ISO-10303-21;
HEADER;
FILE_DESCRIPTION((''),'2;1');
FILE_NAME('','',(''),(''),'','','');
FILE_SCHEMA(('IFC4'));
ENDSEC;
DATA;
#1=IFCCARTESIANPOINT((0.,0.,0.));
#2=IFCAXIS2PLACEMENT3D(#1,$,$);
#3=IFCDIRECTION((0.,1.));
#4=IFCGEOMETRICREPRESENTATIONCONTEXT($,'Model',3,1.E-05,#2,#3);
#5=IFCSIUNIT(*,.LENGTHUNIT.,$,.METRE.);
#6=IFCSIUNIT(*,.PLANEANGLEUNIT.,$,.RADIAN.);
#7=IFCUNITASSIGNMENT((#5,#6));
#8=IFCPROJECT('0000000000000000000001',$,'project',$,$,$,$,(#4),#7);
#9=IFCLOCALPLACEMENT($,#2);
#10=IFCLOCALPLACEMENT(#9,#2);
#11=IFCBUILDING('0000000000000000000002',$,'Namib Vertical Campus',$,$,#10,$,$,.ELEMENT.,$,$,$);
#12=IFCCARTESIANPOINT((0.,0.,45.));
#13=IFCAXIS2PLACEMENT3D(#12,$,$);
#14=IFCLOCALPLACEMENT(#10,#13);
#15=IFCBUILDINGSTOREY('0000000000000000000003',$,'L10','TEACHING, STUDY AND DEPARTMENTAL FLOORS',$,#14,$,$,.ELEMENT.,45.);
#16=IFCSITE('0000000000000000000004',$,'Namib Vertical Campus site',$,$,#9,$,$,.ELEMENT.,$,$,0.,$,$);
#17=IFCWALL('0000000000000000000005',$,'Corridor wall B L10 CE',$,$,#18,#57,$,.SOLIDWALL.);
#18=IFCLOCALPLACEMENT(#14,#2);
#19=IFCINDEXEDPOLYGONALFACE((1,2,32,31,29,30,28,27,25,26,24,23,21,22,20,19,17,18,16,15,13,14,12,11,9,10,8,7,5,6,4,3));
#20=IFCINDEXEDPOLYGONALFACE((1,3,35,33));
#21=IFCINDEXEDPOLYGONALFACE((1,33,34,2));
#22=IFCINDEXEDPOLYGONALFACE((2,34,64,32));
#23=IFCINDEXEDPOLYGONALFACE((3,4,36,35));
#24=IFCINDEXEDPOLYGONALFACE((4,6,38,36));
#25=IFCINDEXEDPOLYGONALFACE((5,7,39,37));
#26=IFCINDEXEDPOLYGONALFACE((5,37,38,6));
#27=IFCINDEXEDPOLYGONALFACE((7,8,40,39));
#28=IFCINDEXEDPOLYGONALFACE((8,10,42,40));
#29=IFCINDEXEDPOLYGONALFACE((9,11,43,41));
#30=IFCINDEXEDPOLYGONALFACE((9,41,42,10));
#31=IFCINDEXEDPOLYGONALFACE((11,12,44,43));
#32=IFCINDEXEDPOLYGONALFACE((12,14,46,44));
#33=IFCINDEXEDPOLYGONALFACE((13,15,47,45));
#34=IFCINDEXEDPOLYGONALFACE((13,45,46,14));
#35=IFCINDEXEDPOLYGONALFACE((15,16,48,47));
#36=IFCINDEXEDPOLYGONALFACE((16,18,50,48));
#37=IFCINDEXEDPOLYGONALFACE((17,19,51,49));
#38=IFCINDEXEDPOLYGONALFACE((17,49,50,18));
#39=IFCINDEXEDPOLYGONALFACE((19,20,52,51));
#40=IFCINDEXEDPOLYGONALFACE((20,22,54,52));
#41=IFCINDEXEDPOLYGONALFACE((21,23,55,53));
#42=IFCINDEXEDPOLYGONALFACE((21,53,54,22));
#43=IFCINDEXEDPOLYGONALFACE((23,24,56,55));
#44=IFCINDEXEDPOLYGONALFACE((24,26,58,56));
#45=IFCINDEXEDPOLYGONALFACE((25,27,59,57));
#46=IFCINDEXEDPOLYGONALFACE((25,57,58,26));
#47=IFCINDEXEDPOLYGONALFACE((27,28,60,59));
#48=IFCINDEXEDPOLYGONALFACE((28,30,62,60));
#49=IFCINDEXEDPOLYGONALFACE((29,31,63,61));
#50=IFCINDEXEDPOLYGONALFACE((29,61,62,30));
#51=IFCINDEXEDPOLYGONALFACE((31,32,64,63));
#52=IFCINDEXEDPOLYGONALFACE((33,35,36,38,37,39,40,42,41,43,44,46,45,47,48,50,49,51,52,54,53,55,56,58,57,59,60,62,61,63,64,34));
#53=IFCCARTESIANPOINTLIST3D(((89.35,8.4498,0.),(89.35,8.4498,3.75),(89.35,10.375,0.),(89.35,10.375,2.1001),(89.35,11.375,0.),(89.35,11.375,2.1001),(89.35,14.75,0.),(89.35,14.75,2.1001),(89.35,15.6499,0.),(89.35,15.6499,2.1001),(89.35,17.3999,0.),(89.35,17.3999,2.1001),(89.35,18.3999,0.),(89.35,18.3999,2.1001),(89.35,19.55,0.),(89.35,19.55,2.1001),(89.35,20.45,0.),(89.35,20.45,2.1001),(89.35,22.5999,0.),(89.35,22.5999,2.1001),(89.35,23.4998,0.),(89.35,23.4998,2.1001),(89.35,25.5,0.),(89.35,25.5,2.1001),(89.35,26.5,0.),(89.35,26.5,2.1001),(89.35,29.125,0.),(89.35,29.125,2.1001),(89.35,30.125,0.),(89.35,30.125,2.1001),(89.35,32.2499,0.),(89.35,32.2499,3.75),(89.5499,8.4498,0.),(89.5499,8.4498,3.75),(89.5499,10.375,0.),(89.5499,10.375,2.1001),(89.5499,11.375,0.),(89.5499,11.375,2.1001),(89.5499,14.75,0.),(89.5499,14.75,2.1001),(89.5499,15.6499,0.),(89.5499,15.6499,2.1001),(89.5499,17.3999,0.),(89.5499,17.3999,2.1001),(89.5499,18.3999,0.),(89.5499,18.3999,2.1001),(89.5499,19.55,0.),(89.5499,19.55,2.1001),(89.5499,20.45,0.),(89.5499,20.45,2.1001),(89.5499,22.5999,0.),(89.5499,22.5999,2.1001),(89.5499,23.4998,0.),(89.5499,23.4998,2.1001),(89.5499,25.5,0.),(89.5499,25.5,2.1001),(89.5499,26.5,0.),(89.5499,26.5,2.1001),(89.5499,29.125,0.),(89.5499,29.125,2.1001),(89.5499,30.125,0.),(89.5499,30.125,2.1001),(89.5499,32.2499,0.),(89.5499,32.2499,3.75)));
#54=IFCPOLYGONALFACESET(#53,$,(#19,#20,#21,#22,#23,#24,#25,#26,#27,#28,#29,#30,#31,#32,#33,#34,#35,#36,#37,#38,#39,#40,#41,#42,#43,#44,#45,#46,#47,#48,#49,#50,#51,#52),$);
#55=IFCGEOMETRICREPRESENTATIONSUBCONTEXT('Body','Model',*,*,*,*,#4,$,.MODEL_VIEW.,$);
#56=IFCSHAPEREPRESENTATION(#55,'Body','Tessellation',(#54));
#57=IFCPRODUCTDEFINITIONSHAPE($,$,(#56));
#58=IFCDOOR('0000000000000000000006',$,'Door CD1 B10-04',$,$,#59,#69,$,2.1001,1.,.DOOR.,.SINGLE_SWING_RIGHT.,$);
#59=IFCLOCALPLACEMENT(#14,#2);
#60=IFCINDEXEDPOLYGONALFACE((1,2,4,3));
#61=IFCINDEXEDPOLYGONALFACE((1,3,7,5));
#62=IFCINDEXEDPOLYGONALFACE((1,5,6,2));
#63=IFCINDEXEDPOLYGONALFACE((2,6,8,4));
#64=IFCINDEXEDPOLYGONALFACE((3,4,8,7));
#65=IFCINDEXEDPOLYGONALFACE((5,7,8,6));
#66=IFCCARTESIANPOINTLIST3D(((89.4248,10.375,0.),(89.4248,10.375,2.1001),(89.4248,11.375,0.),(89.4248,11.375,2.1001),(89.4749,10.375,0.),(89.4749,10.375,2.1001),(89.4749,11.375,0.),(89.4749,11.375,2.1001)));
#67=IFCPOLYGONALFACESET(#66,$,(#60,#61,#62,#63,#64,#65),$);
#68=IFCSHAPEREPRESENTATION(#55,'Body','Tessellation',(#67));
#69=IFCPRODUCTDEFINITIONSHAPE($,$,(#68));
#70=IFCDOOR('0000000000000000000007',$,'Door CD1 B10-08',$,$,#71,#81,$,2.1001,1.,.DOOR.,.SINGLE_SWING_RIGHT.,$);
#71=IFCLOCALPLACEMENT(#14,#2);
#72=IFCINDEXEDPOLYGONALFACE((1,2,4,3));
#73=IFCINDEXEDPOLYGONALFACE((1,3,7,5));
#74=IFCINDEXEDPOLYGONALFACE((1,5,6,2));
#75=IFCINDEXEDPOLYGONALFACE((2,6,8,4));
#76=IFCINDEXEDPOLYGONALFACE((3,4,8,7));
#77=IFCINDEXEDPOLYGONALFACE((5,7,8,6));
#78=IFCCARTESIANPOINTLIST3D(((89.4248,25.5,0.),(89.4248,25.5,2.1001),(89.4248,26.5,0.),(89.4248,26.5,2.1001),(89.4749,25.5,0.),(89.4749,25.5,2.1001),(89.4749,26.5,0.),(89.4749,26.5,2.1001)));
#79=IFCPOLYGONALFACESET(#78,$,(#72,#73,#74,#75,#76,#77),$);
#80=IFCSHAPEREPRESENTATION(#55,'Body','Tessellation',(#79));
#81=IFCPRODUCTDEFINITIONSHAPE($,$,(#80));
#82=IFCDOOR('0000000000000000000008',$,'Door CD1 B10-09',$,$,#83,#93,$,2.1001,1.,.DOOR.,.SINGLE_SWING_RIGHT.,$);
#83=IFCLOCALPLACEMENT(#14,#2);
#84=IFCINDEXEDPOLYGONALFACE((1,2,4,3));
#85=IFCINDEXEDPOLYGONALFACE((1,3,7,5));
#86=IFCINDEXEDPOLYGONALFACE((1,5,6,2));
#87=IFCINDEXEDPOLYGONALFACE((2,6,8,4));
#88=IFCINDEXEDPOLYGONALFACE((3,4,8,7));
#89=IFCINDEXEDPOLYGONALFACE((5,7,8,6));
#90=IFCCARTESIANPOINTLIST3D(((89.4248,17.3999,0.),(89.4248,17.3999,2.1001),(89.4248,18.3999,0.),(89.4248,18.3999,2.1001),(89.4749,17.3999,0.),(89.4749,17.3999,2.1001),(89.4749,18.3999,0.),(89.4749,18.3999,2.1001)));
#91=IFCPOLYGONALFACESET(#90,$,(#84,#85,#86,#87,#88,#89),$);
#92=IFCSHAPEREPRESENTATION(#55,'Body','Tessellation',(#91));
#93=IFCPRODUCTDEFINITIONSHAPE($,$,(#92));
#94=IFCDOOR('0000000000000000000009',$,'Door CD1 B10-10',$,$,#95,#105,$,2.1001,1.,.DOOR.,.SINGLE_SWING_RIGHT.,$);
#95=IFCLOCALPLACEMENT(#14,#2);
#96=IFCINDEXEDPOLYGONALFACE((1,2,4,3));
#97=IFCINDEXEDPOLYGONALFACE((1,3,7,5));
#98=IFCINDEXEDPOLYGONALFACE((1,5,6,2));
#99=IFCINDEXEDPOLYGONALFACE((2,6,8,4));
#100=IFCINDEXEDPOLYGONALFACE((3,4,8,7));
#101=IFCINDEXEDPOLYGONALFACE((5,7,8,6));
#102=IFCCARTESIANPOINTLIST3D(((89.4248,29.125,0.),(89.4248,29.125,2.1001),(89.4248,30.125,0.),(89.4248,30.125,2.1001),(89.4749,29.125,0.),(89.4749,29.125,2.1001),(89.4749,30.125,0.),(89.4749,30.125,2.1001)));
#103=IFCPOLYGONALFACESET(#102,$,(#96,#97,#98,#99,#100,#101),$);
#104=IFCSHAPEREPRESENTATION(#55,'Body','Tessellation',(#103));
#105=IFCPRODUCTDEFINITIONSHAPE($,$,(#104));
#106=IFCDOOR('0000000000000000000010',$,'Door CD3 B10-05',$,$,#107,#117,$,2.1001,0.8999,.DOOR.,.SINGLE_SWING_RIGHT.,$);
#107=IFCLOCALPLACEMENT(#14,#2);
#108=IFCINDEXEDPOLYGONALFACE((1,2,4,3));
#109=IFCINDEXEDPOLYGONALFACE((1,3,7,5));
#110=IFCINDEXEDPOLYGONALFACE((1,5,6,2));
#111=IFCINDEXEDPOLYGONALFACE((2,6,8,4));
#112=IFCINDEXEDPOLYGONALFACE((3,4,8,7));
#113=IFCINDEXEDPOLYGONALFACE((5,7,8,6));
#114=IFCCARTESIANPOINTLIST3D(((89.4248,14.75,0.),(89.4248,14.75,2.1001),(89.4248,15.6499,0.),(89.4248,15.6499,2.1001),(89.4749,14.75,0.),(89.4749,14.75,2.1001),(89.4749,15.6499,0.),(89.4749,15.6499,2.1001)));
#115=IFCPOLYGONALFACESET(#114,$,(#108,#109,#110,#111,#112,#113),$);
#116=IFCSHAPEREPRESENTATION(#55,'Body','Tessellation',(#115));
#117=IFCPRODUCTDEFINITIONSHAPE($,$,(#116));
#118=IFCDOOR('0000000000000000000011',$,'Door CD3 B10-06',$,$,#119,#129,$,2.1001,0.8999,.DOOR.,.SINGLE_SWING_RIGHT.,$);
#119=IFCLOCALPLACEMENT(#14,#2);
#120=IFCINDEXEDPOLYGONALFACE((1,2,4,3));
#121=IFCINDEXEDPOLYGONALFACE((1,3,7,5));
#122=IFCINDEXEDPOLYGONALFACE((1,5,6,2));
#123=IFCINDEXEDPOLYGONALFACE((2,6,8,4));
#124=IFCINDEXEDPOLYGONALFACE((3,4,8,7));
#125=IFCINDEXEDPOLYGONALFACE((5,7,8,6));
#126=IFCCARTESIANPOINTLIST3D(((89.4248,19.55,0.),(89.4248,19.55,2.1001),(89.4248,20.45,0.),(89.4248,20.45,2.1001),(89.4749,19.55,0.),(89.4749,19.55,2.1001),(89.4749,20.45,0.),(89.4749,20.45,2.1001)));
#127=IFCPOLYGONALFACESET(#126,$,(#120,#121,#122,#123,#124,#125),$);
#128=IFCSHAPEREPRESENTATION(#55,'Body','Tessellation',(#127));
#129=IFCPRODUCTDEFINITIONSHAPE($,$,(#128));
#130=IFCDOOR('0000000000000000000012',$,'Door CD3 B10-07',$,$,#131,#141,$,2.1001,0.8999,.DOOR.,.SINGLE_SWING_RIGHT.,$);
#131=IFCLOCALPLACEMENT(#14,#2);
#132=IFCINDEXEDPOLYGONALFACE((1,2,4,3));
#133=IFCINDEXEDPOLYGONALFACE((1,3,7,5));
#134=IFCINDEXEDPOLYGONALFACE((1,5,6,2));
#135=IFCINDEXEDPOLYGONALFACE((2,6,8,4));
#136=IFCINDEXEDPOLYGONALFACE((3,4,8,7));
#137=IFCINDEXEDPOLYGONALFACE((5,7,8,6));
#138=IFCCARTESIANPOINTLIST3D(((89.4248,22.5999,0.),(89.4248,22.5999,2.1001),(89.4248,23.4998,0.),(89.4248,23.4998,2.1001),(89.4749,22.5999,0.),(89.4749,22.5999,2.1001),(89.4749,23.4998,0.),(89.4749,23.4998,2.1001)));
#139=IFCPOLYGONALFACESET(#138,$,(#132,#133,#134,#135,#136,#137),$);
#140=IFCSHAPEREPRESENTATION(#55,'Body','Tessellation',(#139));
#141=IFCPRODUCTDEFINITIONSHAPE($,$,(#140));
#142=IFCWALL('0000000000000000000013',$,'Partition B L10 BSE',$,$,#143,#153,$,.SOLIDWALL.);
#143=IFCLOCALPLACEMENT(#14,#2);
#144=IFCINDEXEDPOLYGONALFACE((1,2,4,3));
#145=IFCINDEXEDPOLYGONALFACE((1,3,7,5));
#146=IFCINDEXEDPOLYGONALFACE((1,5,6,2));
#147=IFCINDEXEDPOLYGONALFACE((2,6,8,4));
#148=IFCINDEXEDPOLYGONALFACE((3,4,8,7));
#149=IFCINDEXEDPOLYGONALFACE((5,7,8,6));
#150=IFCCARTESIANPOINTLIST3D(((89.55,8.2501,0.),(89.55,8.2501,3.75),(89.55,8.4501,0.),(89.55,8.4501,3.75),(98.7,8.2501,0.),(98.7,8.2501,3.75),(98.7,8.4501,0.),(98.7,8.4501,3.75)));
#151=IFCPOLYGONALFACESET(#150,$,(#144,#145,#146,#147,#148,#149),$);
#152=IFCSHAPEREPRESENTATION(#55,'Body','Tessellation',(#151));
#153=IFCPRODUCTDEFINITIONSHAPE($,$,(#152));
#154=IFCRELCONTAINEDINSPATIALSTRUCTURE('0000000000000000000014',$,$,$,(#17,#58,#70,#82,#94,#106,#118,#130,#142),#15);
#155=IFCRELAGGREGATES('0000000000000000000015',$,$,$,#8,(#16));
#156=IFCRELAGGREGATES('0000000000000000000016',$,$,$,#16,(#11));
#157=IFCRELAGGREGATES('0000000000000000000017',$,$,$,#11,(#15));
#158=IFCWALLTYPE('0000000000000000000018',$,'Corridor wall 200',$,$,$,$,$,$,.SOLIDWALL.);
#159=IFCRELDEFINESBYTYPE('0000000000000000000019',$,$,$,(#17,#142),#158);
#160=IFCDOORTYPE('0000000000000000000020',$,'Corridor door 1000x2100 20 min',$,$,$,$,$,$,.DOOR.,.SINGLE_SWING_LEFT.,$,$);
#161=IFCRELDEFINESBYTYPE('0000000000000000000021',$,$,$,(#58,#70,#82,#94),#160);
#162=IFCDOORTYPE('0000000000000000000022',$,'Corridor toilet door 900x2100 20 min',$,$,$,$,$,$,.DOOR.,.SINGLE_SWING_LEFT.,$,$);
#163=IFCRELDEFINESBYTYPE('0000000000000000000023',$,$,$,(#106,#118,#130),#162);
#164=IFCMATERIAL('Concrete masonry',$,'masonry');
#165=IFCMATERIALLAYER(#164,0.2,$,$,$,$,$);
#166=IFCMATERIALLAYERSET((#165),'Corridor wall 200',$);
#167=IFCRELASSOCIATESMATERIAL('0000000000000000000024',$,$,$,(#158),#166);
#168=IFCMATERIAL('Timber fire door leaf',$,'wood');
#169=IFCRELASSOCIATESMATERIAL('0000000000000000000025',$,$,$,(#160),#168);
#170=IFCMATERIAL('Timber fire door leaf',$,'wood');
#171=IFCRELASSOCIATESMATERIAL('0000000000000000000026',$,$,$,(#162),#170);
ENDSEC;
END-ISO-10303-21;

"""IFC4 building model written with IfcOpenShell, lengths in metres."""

from ifc_helpers import new_model, si_unit, direction, frame, frame_2d, origin, place, context, subcontext, project, spatial, rectangle, extrude, material, layer, layer_set, type_object, element, fill, save


model = new_model("IFC4")

# Units and contexts
model_context = context("Model", 3, precision=1e-05, world=origin(), true_north=direction((0.0, 1.0)))
body_context = subcontext(model_context, "Body", "Model", "MODEL_VIEW")
ifc_project = project(units=[si_unit("LENGTHUNIT", "METRE"), si_unit("PLANEANGLEUNIT", "RADIAN")], contexts=[model_context])

# Site, building, storey
site_placement = place(None, origin())
site = spatial("IfcSite", under=ifc_project, at=site_placement, Name="Namib Vertical Campus site", CompositionType="ELEMENT", RefElevation=0.0)
building_placement = place(site_placement, origin())
building = spatial("IfcBuilding", under=site, at=building_placement, Name="Namib Vertical Campus", CompositionType="ELEMENT")
storey_placement = place(building_placement, frame((0.0, 0.0, 45.0)))
storey = spatial("IfcBuildingStorey", under=building, at=storey_placement, Name="L10", Description="TEACHING, STUDY AND DEPARTMENTAL FLOORS", CompositionType="ELEMENT", Elevation=45.0)

# Wall, openings, doors
ifc_material_1 = material(Name="Concrete masonry", Category="masonry")
ifc_layer_1 = layer(ifc_material_1, 0.2)
ifc_layer_set_1 = layer_set([ifc_layer_1], Name="Corridor wall 200")
wall_type_1 = type_object("IfcWallType", Name="Corridor wall 200", PredefinedType="SOLIDWALL", material=ifc_layer_set_1)
wall_1_placement = place(storey_placement, frame((89.45, 8.45, 0.0), z_axis=(0.0, 0.0, 1.0), x_axis=(0.0, 1.0, 0.0)))
wall_1 = element("IfcWall", 1, at=wall_1_placement, inside=storey, type_object=wall_type_1, Name="Corridor wall B L10 CE", PredefinedType="SOLIDWALL", context=body_context, shape_type="SweptSolid", body=[
    extrude(rectangle(XDim=23.8, YDim=0.2, at=frame_2d((11.8999, 0.0))), origin(), (0.0, 0.0, 1.0), 3.75),
])
opening_1_placement = place(wall_1_placement, frame((1.925, 0.0, 0.0)))
opening_1 = element("IfcOpeningElement", 2, at=opening_1_placement, cuts=wall_1, PredefinedType="OPENING", context=body_context, shape_type="SweptSolid", body=[
    extrude(rectangle(XDim=1.0, YDim=2.1001, at=frame_2d((0.5, 1.05))), frame((0.0, 0.1099, 0.0), z_axis=(0.0, -1.0, 0.0), x_axis=(1.0, 0.0, 0.0)), (0.0, 0.0, 1.0), 0.22),
])
opening_2_placement = place(wall_1_placement, frame((6.3, 0.0, 0.0)))
opening_2 = element("IfcOpeningElement", 3, at=opening_2_placement, cuts=wall_1, PredefinedType="OPENING", context=body_context, shape_type="SweptSolid", body=[
    extrude(rectangle(XDim=0.8999, YDim=2.1001, at=frame_2d((0.45, 1.05))), frame((0.0, 0.1099, 0.0), z_axis=(0.0, -1.0, 0.0), x_axis=(1.0, 0.0, 0.0)), (0.0, 0.0, 1.0), 0.22),
])
opening_3_placement = place(wall_1_placement, frame((11.1001, 0.0, 0.0)))
opening_3 = element("IfcOpeningElement", 4, at=opening_3_placement, cuts=wall_1, PredefinedType="OPENING", context=body_context, shape_type="SweptSolid", body=[
    extrude(rectangle(XDim=0.8999, YDim=2.1001, at=frame_2d((0.45, 1.05))), frame((0.0, 0.1099, 0.0), z_axis=(0.0, -1.0, 0.0), x_axis=(1.0, 0.0, 0.0)), (0.0, 0.0, 1.0), 0.22),
])
opening_4_placement = place(wall_1_placement, frame((14.1499, 0.0, 0.0)))
opening_4 = element("IfcOpeningElement", 5, at=opening_4_placement, cuts=wall_1, PredefinedType="OPENING", context=body_context, shape_type="SweptSolid", body=[
    extrude(rectangle(XDim=0.8999, YDim=2.1001, at=frame_2d((0.45, 1.05))), frame((0.0, 0.1099, 0.0), z_axis=(0.0, -1.0, 0.0), x_axis=(1.0, 0.0, 0.0)), (0.0, 0.0, 1.0), 0.22),
])
opening_5_placement = place(wall_1_placement, frame((17.05, 0.0, 0.0)))
opening_5 = element("IfcOpeningElement", 6, at=opening_5_placement, cuts=wall_1, PredefinedType="OPENING", context=body_context, shape_type="SweptSolid", body=[
    extrude(rectangle(XDim=1.0, YDim=2.1001, at=frame_2d((0.5, 1.05))), frame((0.0, 0.1099, 0.0), z_axis=(0.0, -1.0, 0.0), x_axis=(1.0, 0.0, 0.0)), (0.0, 0.0, 1.0), 0.22),
])
opening_6_placement = place(wall_1_placement, frame((8.95, 0.0, 0.0)))
opening_6 = element("IfcOpeningElement", 7, at=opening_6_placement, cuts=wall_1, PredefinedType="OPENING", context=body_context, shape_type="SweptSolid", body=[
    extrude(rectangle(XDim=1.0, YDim=2.1001, at=frame_2d((0.5, 1.05))), frame((0.0, 0.1099, 0.0), z_axis=(0.0, -1.0, 0.0), x_axis=(1.0, 0.0, 0.0)), (0.0, 0.0, 1.0), 0.22),
])
opening_7_placement = place(wall_1_placement, frame((20.675, 0.0, 0.0)))
opening_7 = element("IfcOpeningElement", 8, at=opening_7_placement, cuts=wall_1, PredefinedType="OPENING", context=body_context, shape_type="SweptSolid", body=[
    extrude(rectangle(XDim=1.0, YDim=2.1001, at=frame_2d((0.5, 1.05))), frame((0.0, 0.1099, 0.0), z_axis=(0.0, -1.0, 0.0), x_axis=(1.0, 0.0, 0.0)), (0.0, 0.0, 1.0), 0.22),
])
ifc_material_2 = material(Name="Timber fire door leaf", Category="wood")
door_type_1 = type_object("IfcDoorType", Name="Corridor door 1000x2100 20 min", OperationType="SINGLE_SWING_LEFT", PredefinedType="DOOR", material=ifc_material_2)
door_1_placement = place(opening_1_placement, frame((1.0, 0.0, 0.0), z_axis=(0.0, 0.0, 1.0), x_axis=(-1.0, 0.0, 0.0)))
door_1 = element("IfcDoor", 9, at=door_1_placement, inside=storey, type_object=door_type_1, Name="Door CD1 B10-04", OperationType="SINGLE_SWING_RIGHT", OverallHeight=2.1001, OverallWidth=1.0, PredefinedType="DOOR", context=body_context, shape_type="SweptSolid", body=[
    extrude(rectangle(XDim=1.0, YDim=2.1001, at=frame_2d((0.5, 1.05))), frame((0.0, 0.0249, 0.0), z_axis=(0.0, -1.0, 0.0), x_axis=(1.0, 0.0, 0.0)), (0.0, 0.0, 1.0), 0.05),
])
fill(opening_1, door_1)
door_2_placement = place(opening_5_placement, frame((1.0, 0.0, 0.0), z_axis=(0.0, 0.0, 1.0), x_axis=(-1.0, 0.0, 0.0)))
door_2 = element("IfcDoor", 10, at=door_2_placement, inside=storey, type_object=door_type_1, Name="Door CD1 B10-08", OperationType="SINGLE_SWING_RIGHT", OverallHeight=2.1001, OverallWidth=1.0, PredefinedType="DOOR", context=body_context, shape_type="SweptSolid", body=[
    extrude(rectangle(XDim=1.0, YDim=2.1001, at=frame_2d((0.5, 1.05))), frame((0.0, 0.0249, 0.0), z_axis=(0.0, -1.0, 0.0), x_axis=(1.0, 0.0, 0.0)), (0.0, 0.0, 1.0), 0.05),
])
fill(opening_5, door_2)
door_3_placement = place(opening_6_placement, frame((1.0, 0.0, 0.0), z_axis=(0.0, 0.0, 1.0), x_axis=(-1.0, 0.0, 0.0)))
door_3 = element("IfcDoor", 11, at=door_3_placement, inside=storey, type_object=door_type_1, Name="Door CD1 B10-09", OperationType="SINGLE_SWING_RIGHT", OverallHeight=2.1001, OverallWidth=1.0, PredefinedType="DOOR", context=body_context, shape_type="SweptSolid", body=[
    extrude(rectangle(XDim=1.0, YDim=2.1001, at=frame_2d((0.5, 1.05))), frame((0.0, 0.0249, 0.0), z_axis=(0.0, -1.0, 0.0), x_axis=(1.0, 0.0, 0.0)), (0.0, 0.0, 1.0), 0.05),
])
fill(opening_6, door_3)
door_4_placement = place(opening_7_placement, frame((1.0, 0.0, 0.0), z_axis=(0.0, 0.0, 1.0), x_axis=(-1.0, 0.0, 0.0)))
door_4 = element("IfcDoor", 12, at=door_4_placement, inside=storey, type_object=door_type_1, Name="Door CD1 B10-10", OperationType="SINGLE_SWING_RIGHT", OverallHeight=2.1001, OverallWidth=1.0, PredefinedType="DOOR", context=body_context, shape_type="SweptSolid", body=[
    extrude(rectangle(XDim=1.0, YDim=2.1001, at=frame_2d((0.5, 1.05))), frame((0.0, 0.0249, 0.0), z_axis=(0.0, -1.0, 0.0), x_axis=(1.0, 0.0, 0.0)), (0.0, 0.0, 1.0), 0.05),
])
fill(opening_7, door_4)
ifc_material_3 = material(Name="Timber fire door leaf", Category="wood")
door_type_2 = type_object("IfcDoorType", Name="Corridor toilet door 900x2100 20 min", OperationType="SINGLE_SWING_LEFT", PredefinedType="DOOR", material=ifc_material_3)
door_5_placement = place(opening_2_placement, frame((0.8999, 0.0, 0.0), z_axis=(0.0, 0.0, 1.0), x_axis=(-1.0, 0.0, 0.0)))
door_5 = element("IfcDoor", 13, at=door_5_placement, inside=storey, type_object=door_type_2, Name="Door CD3 B10-05", OperationType="SINGLE_SWING_RIGHT", OverallHeight=2.1001, OverallWidth=0.8999, PredefinedType="DOOR", context=body_context, shape_type="SweptSolid", body=[
    extrude(rectangle(XDim=0.8999, YDim=2.1001, at=frame_2d((0.45, 1.05))), frame((0.0, 0.0249, 0.0), z_axis=(0.0, -1.0, 0.0), x_axis=(1.0, 0.0, 0.0)), (0.0, 0.0, 1.0), 0.05),
])
fill(opening_2, door_5)
door_6_placement = place(opening_3_placement, frame((0.8999, 0.0, 0.0), z_axis=(0.0, 0.0, 1.0), x_axis=(-1.0, 0.0, 0.0)))
door_6 = element("IfcDoor", 14, at=door_6_placement, inside=storey, type_object=door_type_2, Name="Door CD3 B10-06", OperationType="SINGLE_SWING_RIGHT", OverallHeight=2.1001, OverallWidth=0.8999, PredefinedType="DOOR", context=body_context, shape_type="SweptSolid", body=[
    extrude(rectangle(XDim=0.8999, YDim=2.1001, at=frame_2d((0.45, 1.05))), frame((0.0, 0.0249, 0.0), z_axis=(0.0, -1.0, 0.0), x_axis=(1.0, 0.0, 0.0)), (0.0, 0.0, 1.0), 0.05),
])
fill(opening_3, door_6)
door_7_placement = place(opening_4_placement, frame((0.8999, 0.0, 0.0), z_axis=(0.0, 0.0, 1.0), x_axis=(-1.0, 0.0, 0.0)))
door_7 = element("IfcDoor", 15, at=door_7_placement, inside=storey, type_object=door_type_2, Name="Door CD3 B10-07", OperationType="SINGLE_SWING_RIGHT", OverallHeight=2.1001, OverallWidth=0.8999, PredefinedType="DOOR", context=body_context, shape_type="SweptSolid", body=[
    extrude(rectangle(XDim=0.8999, YDim=2.1001, at=frame_2d((0.45, 1.05))), frame((0.0, 0.0249, 0.0), z_axis=(0.0, -1.0, 0.0), x_axis=(1.0, 0.0, 0.0)), (0.0, 0.0, 1.0), 0.05),
])
fill(opening_4, door_7)

# Wall
wall_2_placement = place(storey_placement, frame((89.55, 8.3501, 0.0), z_axis=(0.0, 0.0, 1.0), x_axis=(1.0, 0.0, 0.0)))
element("IfcWall", 16, at=wall_2_placement, inside=storey, type_object=wall_type_1, Name="Partition B L10 BSE", PredefinedType="SOLIDWALL", context=body_context, shape_type="SweptSolid", body=[
    extrude(rectangle(XDim=9.1499, YDim=0.2, at=frame_2d((4.575, 0.0))), origin(), (0.0, 0.0, 1.0), 3.75),
])

save(model, "model.ifc")
